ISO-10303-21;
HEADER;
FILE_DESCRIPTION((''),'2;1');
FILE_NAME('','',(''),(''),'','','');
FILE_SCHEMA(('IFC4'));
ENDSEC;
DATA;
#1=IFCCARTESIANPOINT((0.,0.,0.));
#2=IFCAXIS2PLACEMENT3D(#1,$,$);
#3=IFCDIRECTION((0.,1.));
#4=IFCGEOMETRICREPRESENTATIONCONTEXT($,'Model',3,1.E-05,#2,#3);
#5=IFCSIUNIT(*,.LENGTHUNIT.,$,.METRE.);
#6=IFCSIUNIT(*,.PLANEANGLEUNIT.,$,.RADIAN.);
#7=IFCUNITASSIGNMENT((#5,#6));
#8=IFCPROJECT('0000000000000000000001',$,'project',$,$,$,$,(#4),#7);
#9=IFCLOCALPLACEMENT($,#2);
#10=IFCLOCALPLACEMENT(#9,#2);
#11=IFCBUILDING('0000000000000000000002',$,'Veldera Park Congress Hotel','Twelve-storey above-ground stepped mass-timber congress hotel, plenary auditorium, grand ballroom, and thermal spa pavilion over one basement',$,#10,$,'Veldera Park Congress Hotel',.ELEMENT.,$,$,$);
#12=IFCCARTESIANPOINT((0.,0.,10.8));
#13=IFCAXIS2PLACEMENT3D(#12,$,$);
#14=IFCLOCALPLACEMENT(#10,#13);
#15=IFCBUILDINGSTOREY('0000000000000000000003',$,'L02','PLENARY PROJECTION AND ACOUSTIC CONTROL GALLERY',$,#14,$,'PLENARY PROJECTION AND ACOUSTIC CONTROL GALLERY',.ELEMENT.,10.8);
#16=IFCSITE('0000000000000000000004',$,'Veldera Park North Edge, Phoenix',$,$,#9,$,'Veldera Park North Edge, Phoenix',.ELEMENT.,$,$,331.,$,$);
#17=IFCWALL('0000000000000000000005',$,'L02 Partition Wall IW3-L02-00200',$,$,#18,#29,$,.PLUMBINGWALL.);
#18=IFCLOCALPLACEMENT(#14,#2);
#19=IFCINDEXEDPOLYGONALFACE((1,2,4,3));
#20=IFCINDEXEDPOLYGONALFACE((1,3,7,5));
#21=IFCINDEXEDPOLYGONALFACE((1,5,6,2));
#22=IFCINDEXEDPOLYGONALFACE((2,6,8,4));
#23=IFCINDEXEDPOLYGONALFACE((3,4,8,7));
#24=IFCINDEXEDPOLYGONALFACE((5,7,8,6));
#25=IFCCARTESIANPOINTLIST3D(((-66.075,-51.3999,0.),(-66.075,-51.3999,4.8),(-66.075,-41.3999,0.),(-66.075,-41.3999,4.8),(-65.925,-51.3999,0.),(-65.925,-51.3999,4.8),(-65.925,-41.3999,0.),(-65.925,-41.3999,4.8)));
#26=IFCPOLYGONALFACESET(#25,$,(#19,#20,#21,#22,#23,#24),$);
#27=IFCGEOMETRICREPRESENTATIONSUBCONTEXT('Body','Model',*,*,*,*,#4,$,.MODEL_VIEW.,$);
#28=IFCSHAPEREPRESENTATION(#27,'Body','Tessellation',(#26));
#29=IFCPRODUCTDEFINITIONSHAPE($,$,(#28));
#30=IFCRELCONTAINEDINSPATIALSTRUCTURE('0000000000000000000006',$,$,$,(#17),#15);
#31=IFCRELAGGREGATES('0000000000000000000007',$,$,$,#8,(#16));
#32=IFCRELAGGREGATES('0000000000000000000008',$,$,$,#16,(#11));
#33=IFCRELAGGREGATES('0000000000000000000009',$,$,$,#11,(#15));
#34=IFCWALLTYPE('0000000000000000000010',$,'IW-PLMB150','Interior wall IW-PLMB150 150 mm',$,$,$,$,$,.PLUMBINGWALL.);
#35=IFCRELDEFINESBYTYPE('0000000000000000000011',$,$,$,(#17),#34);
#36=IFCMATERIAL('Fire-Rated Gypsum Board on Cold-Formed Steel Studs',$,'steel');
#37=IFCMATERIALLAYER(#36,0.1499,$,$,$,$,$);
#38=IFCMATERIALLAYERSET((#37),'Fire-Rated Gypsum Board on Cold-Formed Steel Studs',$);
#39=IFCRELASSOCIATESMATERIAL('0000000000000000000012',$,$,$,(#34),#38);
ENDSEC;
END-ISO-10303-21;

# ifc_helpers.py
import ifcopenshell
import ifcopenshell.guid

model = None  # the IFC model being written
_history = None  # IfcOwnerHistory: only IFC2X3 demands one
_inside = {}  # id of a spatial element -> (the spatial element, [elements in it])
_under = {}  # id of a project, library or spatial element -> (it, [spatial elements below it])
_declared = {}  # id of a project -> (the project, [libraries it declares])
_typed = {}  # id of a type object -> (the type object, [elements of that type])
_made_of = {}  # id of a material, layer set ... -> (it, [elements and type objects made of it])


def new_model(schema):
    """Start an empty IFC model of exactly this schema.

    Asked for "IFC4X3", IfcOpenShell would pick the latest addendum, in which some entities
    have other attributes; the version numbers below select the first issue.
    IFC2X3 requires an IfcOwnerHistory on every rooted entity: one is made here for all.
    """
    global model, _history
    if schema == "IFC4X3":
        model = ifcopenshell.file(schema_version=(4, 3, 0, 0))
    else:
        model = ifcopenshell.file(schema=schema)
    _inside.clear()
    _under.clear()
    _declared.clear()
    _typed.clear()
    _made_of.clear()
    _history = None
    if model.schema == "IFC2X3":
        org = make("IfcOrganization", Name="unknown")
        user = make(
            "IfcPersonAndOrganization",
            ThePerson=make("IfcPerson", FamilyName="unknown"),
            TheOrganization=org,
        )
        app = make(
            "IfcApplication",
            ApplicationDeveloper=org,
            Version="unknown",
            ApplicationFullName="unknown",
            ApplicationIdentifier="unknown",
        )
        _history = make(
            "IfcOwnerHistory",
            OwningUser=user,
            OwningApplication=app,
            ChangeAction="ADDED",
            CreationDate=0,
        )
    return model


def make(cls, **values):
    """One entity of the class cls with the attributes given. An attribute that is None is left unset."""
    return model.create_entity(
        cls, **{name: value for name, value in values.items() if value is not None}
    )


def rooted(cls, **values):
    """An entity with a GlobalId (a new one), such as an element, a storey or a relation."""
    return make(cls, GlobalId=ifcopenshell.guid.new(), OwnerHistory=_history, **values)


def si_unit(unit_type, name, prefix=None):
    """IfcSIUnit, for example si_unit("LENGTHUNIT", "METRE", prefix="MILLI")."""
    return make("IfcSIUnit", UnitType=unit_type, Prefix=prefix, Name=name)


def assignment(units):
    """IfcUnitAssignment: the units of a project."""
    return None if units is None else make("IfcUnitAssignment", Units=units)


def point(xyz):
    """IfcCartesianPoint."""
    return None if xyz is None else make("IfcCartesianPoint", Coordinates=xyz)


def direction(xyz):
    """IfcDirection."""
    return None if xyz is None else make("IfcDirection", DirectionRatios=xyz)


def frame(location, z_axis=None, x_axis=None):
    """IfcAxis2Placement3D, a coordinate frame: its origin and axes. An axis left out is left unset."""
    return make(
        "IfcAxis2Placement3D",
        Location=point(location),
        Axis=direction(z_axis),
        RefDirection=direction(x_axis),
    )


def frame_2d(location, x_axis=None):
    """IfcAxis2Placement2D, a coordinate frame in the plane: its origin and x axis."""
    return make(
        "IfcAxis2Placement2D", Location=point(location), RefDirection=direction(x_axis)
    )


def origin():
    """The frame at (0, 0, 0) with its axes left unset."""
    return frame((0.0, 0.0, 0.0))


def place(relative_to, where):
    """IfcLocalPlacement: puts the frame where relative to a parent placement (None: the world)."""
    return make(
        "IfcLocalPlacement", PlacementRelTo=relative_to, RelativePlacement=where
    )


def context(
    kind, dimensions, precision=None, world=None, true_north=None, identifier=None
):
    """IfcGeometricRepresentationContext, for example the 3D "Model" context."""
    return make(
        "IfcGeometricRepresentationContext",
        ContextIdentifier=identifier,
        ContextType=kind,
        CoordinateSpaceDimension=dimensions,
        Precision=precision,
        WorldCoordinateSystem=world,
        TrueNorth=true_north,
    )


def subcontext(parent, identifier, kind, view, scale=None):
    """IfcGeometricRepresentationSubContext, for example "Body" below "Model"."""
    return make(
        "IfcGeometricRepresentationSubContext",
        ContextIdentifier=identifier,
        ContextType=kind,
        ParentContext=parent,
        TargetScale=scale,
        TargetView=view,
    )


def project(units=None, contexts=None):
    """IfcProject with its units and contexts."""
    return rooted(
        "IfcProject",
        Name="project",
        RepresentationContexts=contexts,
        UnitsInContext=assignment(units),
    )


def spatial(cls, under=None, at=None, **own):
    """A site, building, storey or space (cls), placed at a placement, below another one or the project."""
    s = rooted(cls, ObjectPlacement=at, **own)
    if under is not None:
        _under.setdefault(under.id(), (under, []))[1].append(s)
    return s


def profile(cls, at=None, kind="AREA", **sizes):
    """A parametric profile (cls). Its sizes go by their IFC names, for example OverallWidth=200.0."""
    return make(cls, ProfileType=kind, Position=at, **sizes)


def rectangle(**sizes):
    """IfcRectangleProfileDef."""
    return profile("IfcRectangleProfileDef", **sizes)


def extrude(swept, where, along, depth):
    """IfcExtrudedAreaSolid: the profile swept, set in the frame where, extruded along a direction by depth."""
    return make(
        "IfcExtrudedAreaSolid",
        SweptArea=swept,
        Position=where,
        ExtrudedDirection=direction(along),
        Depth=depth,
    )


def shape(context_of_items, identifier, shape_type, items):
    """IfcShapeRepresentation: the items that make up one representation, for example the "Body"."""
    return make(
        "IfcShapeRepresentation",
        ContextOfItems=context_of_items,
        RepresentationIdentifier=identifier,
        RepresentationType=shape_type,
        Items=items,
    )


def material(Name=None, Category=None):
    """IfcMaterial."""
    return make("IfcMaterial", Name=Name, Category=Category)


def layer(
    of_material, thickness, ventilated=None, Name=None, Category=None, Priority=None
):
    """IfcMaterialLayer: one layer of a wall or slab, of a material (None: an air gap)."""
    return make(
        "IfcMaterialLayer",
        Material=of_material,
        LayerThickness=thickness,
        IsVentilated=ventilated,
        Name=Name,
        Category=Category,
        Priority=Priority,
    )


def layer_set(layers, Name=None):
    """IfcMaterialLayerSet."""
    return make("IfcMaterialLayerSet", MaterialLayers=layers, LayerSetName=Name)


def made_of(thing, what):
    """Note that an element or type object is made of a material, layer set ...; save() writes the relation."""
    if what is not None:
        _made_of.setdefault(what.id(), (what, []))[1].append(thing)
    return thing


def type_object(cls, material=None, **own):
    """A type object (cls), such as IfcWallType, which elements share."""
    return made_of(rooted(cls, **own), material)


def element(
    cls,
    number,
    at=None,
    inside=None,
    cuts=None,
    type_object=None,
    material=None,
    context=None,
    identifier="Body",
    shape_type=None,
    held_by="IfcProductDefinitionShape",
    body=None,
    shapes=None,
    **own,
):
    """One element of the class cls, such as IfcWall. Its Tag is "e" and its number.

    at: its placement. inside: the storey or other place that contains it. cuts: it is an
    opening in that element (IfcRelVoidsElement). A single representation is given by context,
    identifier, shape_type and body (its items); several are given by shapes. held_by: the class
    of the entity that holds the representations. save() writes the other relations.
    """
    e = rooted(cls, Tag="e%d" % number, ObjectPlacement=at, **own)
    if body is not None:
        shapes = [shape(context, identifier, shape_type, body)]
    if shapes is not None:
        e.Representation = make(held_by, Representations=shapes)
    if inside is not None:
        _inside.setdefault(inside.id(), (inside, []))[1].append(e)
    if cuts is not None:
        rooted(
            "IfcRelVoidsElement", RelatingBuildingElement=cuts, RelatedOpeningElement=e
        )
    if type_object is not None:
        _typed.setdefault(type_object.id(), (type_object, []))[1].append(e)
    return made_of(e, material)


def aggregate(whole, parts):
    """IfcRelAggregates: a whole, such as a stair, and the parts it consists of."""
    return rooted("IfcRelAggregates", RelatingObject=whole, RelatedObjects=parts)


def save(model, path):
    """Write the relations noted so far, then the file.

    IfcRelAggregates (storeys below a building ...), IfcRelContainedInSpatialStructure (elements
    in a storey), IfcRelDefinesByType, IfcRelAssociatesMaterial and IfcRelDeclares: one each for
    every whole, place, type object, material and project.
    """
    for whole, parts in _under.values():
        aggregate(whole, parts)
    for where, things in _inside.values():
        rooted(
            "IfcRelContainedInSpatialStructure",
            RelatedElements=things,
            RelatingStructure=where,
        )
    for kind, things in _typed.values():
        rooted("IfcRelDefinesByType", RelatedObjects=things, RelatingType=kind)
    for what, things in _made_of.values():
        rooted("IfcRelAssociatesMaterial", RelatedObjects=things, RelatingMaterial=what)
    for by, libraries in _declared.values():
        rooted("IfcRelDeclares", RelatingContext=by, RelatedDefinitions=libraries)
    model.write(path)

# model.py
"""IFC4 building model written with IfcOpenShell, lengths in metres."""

from ifc_helpers import new_model, si_unit, direction, frame, frame_2d, origin, place, context, subcontext, project, spatial, rectangle, extrude, material, layer, layer_set, type_object, element, save


model = new_model("IFC4")

# Units and contexts
model_context = context("Model", 3, precision=1e-05, world=origin(), true_north=direction((0.0, 1.0)))
body_context = subcontext(model_context, "Body", "Model", "MODEL_VIEW")
ifc_project = project(units=[si_unit("LENGTHUNIT", "METRE"), si_unit("PLANEANGLEUNIT", "RADIAN")], contexts=[model_context])

# Site, building, storey
site_placement = place(None, origin())
site = spatial("IfcSite", under=ifc_project, at=site_placement, Name="Veldera Park North Edge, Phoenix", LongName="Veldera Park North Edge, Phoenix", CompositionType="ELEMENT", RefElevation=331.0)
building_placement = place(site_placement, origin())
building = spatial("IfcBuilding", under=site, at=building_placement, Name="Veldera Park Congress Hotel", Description="Twelve-storey above-ground stepped mass-timber congress hotel, plenary auditorium, grand ballroom, and thermal spa pavilion over one basement", LongName="Veldera Park Congress Hotel", CompositionType="ELEMENT")
storey_placement = place(building_placement, frame((0.0, 0.0, 10.8)))
storey = spatial("IfcBuildingStorey", under=building, at=storey_placement, Name="L02", Description="PLENARY PROJECTION AND ACOUSTIC CONTROL GALLERY", LongName="PLENARY PROJECTION AND ACOUSTIC CONTROL GALLERY", CompositionType="ELEMENT", Elevation=10.8)

# Shared definitions
ifc_material_1 = material(Name="Fire-Rated Gypsum Board on Cold-Formed Steel Studs", Category="steel")

# Wall
ifc_layer_1 = layer(ifc_material_1, 0.1499)
ifc_layer_set_1 = layer_set([ifc_layer_1], Name="Fire-Rated Gypsum Board on Cold-Formed Steel Studs")
wall_type_1 = type_object("IfcWallType", Name="IW-PLMB150", Description="Interior wall IW-PLMB150 150 mm", PredefinedType="PLUMBINGWALL", material=ifc_layer_set_1)
wall_1_placement = place(storey_placement, frame((-66.0, -41.3999, 0.0), z_axis=(0.0, 0.0, 1.0), x_axis=(0.0, -1.0, 0.0)))
element("IfcWall", 1, at=wall_1_placement, inside=storey, type_object=wall_type_1, Name="L02 Partition Wall IW3-L02-00200", PredefinedType="PLUMBINGWALL", context=body_context, shape_type="SweptSolid", body=[
    extrude(rectangle(XDim=10.0, YDim=0.1499, at=frame_2d((5.0, 0.0))), origin(), (0.0, 0.0, 1.0), 4.8),
])

save(model, "model.ifc")
